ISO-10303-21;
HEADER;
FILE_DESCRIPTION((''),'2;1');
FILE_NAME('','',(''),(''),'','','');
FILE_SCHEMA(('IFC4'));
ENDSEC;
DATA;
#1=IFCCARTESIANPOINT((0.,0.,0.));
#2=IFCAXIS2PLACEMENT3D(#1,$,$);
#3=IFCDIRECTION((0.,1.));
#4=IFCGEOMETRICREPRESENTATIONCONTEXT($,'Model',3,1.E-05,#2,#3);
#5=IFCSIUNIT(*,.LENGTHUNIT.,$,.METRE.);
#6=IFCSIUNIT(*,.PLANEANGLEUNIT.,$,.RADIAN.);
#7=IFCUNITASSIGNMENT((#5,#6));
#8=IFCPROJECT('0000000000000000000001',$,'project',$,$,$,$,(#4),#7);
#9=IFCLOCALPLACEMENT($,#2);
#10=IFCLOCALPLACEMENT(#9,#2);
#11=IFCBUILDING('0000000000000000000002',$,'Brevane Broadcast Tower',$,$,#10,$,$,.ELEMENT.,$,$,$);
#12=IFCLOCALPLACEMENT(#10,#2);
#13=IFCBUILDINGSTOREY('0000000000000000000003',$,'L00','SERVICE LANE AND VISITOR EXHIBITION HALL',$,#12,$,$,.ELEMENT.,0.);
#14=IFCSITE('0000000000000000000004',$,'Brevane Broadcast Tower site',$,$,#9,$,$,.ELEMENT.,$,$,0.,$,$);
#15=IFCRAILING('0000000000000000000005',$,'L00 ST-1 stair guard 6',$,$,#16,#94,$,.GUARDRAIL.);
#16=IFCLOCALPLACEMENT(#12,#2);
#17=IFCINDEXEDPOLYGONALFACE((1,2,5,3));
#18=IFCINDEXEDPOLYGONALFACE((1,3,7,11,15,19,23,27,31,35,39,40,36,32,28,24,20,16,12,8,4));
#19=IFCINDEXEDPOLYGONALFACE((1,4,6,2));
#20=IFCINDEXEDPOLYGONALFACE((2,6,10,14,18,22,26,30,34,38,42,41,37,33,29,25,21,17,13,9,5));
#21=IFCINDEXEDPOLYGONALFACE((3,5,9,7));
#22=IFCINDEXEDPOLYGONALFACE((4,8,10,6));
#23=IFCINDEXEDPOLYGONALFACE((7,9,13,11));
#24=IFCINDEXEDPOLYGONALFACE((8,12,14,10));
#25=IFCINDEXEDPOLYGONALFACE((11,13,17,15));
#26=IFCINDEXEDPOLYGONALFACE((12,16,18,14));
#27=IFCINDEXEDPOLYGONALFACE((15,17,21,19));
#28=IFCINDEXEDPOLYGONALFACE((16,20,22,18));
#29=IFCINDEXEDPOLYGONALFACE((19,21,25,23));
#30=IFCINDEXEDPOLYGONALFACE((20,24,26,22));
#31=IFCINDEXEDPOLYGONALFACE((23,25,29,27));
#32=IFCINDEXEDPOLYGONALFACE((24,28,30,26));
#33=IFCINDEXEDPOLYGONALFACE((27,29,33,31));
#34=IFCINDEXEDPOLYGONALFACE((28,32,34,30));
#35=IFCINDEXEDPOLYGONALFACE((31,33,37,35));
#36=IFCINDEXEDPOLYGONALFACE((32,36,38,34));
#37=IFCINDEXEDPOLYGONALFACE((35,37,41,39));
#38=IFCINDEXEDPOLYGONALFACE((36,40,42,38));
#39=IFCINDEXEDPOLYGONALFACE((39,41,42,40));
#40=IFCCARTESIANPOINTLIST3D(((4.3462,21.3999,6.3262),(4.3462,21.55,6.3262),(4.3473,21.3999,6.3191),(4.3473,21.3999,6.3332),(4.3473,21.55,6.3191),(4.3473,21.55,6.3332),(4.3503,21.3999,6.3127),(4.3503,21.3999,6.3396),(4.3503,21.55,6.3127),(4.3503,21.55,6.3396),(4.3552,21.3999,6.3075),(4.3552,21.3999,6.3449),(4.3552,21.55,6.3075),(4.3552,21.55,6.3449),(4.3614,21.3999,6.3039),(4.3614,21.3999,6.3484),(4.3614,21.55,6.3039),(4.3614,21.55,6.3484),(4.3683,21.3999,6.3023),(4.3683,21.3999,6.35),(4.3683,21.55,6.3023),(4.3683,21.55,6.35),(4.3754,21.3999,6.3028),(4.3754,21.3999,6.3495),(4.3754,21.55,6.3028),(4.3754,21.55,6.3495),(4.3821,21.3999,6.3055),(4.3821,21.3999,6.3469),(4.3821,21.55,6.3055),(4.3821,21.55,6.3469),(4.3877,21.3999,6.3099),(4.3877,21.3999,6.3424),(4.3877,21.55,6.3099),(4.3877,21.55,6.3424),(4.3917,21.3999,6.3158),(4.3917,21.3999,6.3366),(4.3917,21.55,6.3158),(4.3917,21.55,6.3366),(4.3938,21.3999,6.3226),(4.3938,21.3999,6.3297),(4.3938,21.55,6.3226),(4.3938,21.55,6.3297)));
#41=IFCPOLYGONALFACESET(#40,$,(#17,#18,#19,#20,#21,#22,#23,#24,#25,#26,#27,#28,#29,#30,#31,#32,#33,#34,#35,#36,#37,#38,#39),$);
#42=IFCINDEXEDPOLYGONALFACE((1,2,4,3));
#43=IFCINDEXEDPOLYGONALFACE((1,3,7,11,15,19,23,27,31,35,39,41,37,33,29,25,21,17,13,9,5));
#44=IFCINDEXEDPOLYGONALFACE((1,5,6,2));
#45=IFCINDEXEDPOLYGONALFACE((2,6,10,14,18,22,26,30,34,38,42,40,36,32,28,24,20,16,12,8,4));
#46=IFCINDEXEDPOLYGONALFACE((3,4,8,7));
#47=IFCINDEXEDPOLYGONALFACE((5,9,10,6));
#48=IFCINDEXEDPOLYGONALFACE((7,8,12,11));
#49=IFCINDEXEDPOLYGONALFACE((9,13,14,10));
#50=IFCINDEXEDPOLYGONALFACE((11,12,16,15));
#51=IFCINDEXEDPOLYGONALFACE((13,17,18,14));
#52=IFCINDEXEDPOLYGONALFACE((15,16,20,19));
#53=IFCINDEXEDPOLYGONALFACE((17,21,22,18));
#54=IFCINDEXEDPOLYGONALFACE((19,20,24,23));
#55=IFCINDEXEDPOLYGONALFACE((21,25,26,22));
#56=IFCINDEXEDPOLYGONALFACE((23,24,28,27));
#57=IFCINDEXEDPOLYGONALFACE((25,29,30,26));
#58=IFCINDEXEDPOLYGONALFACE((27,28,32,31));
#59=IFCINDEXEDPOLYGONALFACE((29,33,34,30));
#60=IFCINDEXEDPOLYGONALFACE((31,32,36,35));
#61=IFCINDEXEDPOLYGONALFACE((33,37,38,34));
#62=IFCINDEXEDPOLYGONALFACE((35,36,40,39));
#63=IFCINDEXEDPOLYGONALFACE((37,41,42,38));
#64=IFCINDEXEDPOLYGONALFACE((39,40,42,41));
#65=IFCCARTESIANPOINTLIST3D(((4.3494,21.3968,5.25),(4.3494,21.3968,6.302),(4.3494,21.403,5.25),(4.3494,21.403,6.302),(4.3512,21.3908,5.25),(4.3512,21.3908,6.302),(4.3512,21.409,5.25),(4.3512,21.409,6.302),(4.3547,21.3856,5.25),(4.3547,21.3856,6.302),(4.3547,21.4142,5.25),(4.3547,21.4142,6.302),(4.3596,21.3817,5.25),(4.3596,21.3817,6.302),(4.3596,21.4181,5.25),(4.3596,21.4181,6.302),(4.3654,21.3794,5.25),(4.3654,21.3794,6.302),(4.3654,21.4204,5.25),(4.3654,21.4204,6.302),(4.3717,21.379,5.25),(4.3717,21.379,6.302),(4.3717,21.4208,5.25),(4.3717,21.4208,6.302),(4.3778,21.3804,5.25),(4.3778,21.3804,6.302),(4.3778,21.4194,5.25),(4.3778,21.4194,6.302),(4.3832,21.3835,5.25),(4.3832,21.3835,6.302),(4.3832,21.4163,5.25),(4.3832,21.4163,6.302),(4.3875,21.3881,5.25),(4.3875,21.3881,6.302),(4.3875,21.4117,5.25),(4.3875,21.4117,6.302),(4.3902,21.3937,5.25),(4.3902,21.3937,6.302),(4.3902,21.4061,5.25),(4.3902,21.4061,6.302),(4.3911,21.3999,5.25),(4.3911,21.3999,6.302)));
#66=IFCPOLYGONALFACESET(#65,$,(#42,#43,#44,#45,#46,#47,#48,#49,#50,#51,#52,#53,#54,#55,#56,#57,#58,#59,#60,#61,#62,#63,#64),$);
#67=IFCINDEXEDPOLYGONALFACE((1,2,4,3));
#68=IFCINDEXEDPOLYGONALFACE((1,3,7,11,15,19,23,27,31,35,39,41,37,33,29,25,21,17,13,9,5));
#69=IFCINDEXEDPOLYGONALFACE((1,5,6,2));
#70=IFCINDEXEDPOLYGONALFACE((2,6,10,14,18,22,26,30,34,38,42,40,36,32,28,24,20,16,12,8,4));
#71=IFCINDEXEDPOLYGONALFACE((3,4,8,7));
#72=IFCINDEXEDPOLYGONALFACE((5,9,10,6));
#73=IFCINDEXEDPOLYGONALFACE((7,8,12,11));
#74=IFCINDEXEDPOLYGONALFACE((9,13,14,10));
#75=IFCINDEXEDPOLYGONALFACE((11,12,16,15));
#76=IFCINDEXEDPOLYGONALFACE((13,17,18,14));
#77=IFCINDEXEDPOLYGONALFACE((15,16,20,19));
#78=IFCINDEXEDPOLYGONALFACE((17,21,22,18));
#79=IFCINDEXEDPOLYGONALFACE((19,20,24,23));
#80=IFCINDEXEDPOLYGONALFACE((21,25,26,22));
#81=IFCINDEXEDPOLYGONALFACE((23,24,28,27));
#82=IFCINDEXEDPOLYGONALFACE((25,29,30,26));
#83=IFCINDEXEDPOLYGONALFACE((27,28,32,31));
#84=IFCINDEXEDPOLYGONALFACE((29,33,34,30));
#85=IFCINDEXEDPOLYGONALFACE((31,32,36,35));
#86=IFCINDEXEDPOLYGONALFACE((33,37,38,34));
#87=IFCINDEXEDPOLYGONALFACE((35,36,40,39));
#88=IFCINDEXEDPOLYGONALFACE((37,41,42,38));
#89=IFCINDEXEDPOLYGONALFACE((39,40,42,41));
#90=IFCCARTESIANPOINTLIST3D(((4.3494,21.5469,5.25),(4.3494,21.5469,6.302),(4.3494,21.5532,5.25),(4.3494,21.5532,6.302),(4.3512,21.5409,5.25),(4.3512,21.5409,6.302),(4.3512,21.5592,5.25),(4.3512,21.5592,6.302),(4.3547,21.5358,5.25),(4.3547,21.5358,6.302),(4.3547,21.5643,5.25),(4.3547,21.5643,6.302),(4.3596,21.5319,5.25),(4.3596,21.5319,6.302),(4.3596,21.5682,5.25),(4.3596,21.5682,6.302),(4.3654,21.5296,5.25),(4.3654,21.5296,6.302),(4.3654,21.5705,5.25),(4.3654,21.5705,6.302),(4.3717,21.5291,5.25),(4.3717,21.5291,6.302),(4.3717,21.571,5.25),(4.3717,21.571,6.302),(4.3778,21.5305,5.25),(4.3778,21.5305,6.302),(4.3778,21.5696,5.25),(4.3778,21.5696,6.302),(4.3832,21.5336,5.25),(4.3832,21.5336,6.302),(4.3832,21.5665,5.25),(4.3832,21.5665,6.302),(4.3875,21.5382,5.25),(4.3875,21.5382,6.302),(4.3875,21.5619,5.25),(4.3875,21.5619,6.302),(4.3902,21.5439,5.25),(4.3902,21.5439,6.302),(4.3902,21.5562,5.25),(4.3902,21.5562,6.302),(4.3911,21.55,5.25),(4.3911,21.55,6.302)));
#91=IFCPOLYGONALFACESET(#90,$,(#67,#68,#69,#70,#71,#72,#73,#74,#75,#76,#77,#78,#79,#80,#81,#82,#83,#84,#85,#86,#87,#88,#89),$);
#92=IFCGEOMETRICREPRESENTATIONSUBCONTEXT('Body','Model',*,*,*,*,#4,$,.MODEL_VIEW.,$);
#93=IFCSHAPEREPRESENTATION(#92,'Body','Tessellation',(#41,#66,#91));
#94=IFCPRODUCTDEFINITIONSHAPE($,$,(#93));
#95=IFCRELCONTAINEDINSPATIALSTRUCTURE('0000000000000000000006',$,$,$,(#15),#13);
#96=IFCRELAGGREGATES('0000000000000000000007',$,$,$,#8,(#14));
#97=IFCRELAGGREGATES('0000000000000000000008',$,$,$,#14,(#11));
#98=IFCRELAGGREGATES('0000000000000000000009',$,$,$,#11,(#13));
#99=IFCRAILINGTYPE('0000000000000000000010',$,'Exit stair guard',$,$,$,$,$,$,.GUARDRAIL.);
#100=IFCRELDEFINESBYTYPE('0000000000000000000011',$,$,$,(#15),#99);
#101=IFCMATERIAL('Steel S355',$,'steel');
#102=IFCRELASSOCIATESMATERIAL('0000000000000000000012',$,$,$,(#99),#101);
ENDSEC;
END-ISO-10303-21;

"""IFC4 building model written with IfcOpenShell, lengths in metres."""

from ifc_helpers import new_model, si_unit, direction, frame, origin, origin_2d, place, context, subcontext, project, spatial, circle, extrude, material, type_object, element, save


model = new_model("IFC4")

# Units and contexts
model_context = context("Model", 3, precision=1e-05, world=origin(), true_north=direction((0.0, 1.0)))
body_context = subcontext(model_context, "Body", "Model", "MODEL_VIEW")
ifc_project = project(units=[si_unit("LENGTHUNIT", "METRE"), si_unit("PLANEANGLEUNIT", "RADIAN")], contexts=[model_context])

# Site, building, storey
site_placement = place(None, origin())
site = spatial("IfcSite", under=ifc_project, at=site_placement, Name="Brevane Broadcast Tower site", CompositionType="ELEMENT", RefElevation=0.0)
building_placement = place(site_placement, origin())
building = spatial("IfcBuilding", under=site, at=building_placement, Name="Brevane Broadcast Tower", CompositionType="ELEMENT")
storey_placement = place(building_placement, origin())
storey = spatial("IfcBuildingStorey", under=building, at=storey_placement, Name="L00", Description="SERVICE LANE AND VISITOR EXHIBITION HALL", CompositionType="ELEMENT", Elevation=0.0)

# Railing
ifc_material_1 = material(Name="Steel S355", Category="steel")
railing_type_1 = type_object("IfcRailingType", Name="Exit stair guard", PredefinedType="GUARDRAIL", material=ifc_material_1)
railing_1_placement = place(storey_placement, frame((4.3701, 21.3999, 5.25)))
element("IfcRailing", 1, at=railing_1_placement, inside=storey, type_object=railing_type_1, Name="L00 ST-1 stair guard 6", PredefinedType="GUARDRAIL", context=body_context, shape_type="SweptSolid", body=[
    extrude(circle(Radius=0.0239, at=origin_2d()), frame((0.0, 0.0, 1.0762), z_axis=(0.0, 1.0, 0.0), x_axis=(-1.0, 0.0, 0.0)), (0.0, 0.0, 1.0), 0.1501),
    extrude(circle(Radius=0.021, at=origin_2d()), origin(), (0.0, 0.0, 1.0), 1.052),
    extrude(circle(Radius=0.021, at=origin_2d()), frame((0.0, 0.1501, 0.0)), (0.0, 0.0, 1.0), 1.052),
])

save(model, "model.ifc")
